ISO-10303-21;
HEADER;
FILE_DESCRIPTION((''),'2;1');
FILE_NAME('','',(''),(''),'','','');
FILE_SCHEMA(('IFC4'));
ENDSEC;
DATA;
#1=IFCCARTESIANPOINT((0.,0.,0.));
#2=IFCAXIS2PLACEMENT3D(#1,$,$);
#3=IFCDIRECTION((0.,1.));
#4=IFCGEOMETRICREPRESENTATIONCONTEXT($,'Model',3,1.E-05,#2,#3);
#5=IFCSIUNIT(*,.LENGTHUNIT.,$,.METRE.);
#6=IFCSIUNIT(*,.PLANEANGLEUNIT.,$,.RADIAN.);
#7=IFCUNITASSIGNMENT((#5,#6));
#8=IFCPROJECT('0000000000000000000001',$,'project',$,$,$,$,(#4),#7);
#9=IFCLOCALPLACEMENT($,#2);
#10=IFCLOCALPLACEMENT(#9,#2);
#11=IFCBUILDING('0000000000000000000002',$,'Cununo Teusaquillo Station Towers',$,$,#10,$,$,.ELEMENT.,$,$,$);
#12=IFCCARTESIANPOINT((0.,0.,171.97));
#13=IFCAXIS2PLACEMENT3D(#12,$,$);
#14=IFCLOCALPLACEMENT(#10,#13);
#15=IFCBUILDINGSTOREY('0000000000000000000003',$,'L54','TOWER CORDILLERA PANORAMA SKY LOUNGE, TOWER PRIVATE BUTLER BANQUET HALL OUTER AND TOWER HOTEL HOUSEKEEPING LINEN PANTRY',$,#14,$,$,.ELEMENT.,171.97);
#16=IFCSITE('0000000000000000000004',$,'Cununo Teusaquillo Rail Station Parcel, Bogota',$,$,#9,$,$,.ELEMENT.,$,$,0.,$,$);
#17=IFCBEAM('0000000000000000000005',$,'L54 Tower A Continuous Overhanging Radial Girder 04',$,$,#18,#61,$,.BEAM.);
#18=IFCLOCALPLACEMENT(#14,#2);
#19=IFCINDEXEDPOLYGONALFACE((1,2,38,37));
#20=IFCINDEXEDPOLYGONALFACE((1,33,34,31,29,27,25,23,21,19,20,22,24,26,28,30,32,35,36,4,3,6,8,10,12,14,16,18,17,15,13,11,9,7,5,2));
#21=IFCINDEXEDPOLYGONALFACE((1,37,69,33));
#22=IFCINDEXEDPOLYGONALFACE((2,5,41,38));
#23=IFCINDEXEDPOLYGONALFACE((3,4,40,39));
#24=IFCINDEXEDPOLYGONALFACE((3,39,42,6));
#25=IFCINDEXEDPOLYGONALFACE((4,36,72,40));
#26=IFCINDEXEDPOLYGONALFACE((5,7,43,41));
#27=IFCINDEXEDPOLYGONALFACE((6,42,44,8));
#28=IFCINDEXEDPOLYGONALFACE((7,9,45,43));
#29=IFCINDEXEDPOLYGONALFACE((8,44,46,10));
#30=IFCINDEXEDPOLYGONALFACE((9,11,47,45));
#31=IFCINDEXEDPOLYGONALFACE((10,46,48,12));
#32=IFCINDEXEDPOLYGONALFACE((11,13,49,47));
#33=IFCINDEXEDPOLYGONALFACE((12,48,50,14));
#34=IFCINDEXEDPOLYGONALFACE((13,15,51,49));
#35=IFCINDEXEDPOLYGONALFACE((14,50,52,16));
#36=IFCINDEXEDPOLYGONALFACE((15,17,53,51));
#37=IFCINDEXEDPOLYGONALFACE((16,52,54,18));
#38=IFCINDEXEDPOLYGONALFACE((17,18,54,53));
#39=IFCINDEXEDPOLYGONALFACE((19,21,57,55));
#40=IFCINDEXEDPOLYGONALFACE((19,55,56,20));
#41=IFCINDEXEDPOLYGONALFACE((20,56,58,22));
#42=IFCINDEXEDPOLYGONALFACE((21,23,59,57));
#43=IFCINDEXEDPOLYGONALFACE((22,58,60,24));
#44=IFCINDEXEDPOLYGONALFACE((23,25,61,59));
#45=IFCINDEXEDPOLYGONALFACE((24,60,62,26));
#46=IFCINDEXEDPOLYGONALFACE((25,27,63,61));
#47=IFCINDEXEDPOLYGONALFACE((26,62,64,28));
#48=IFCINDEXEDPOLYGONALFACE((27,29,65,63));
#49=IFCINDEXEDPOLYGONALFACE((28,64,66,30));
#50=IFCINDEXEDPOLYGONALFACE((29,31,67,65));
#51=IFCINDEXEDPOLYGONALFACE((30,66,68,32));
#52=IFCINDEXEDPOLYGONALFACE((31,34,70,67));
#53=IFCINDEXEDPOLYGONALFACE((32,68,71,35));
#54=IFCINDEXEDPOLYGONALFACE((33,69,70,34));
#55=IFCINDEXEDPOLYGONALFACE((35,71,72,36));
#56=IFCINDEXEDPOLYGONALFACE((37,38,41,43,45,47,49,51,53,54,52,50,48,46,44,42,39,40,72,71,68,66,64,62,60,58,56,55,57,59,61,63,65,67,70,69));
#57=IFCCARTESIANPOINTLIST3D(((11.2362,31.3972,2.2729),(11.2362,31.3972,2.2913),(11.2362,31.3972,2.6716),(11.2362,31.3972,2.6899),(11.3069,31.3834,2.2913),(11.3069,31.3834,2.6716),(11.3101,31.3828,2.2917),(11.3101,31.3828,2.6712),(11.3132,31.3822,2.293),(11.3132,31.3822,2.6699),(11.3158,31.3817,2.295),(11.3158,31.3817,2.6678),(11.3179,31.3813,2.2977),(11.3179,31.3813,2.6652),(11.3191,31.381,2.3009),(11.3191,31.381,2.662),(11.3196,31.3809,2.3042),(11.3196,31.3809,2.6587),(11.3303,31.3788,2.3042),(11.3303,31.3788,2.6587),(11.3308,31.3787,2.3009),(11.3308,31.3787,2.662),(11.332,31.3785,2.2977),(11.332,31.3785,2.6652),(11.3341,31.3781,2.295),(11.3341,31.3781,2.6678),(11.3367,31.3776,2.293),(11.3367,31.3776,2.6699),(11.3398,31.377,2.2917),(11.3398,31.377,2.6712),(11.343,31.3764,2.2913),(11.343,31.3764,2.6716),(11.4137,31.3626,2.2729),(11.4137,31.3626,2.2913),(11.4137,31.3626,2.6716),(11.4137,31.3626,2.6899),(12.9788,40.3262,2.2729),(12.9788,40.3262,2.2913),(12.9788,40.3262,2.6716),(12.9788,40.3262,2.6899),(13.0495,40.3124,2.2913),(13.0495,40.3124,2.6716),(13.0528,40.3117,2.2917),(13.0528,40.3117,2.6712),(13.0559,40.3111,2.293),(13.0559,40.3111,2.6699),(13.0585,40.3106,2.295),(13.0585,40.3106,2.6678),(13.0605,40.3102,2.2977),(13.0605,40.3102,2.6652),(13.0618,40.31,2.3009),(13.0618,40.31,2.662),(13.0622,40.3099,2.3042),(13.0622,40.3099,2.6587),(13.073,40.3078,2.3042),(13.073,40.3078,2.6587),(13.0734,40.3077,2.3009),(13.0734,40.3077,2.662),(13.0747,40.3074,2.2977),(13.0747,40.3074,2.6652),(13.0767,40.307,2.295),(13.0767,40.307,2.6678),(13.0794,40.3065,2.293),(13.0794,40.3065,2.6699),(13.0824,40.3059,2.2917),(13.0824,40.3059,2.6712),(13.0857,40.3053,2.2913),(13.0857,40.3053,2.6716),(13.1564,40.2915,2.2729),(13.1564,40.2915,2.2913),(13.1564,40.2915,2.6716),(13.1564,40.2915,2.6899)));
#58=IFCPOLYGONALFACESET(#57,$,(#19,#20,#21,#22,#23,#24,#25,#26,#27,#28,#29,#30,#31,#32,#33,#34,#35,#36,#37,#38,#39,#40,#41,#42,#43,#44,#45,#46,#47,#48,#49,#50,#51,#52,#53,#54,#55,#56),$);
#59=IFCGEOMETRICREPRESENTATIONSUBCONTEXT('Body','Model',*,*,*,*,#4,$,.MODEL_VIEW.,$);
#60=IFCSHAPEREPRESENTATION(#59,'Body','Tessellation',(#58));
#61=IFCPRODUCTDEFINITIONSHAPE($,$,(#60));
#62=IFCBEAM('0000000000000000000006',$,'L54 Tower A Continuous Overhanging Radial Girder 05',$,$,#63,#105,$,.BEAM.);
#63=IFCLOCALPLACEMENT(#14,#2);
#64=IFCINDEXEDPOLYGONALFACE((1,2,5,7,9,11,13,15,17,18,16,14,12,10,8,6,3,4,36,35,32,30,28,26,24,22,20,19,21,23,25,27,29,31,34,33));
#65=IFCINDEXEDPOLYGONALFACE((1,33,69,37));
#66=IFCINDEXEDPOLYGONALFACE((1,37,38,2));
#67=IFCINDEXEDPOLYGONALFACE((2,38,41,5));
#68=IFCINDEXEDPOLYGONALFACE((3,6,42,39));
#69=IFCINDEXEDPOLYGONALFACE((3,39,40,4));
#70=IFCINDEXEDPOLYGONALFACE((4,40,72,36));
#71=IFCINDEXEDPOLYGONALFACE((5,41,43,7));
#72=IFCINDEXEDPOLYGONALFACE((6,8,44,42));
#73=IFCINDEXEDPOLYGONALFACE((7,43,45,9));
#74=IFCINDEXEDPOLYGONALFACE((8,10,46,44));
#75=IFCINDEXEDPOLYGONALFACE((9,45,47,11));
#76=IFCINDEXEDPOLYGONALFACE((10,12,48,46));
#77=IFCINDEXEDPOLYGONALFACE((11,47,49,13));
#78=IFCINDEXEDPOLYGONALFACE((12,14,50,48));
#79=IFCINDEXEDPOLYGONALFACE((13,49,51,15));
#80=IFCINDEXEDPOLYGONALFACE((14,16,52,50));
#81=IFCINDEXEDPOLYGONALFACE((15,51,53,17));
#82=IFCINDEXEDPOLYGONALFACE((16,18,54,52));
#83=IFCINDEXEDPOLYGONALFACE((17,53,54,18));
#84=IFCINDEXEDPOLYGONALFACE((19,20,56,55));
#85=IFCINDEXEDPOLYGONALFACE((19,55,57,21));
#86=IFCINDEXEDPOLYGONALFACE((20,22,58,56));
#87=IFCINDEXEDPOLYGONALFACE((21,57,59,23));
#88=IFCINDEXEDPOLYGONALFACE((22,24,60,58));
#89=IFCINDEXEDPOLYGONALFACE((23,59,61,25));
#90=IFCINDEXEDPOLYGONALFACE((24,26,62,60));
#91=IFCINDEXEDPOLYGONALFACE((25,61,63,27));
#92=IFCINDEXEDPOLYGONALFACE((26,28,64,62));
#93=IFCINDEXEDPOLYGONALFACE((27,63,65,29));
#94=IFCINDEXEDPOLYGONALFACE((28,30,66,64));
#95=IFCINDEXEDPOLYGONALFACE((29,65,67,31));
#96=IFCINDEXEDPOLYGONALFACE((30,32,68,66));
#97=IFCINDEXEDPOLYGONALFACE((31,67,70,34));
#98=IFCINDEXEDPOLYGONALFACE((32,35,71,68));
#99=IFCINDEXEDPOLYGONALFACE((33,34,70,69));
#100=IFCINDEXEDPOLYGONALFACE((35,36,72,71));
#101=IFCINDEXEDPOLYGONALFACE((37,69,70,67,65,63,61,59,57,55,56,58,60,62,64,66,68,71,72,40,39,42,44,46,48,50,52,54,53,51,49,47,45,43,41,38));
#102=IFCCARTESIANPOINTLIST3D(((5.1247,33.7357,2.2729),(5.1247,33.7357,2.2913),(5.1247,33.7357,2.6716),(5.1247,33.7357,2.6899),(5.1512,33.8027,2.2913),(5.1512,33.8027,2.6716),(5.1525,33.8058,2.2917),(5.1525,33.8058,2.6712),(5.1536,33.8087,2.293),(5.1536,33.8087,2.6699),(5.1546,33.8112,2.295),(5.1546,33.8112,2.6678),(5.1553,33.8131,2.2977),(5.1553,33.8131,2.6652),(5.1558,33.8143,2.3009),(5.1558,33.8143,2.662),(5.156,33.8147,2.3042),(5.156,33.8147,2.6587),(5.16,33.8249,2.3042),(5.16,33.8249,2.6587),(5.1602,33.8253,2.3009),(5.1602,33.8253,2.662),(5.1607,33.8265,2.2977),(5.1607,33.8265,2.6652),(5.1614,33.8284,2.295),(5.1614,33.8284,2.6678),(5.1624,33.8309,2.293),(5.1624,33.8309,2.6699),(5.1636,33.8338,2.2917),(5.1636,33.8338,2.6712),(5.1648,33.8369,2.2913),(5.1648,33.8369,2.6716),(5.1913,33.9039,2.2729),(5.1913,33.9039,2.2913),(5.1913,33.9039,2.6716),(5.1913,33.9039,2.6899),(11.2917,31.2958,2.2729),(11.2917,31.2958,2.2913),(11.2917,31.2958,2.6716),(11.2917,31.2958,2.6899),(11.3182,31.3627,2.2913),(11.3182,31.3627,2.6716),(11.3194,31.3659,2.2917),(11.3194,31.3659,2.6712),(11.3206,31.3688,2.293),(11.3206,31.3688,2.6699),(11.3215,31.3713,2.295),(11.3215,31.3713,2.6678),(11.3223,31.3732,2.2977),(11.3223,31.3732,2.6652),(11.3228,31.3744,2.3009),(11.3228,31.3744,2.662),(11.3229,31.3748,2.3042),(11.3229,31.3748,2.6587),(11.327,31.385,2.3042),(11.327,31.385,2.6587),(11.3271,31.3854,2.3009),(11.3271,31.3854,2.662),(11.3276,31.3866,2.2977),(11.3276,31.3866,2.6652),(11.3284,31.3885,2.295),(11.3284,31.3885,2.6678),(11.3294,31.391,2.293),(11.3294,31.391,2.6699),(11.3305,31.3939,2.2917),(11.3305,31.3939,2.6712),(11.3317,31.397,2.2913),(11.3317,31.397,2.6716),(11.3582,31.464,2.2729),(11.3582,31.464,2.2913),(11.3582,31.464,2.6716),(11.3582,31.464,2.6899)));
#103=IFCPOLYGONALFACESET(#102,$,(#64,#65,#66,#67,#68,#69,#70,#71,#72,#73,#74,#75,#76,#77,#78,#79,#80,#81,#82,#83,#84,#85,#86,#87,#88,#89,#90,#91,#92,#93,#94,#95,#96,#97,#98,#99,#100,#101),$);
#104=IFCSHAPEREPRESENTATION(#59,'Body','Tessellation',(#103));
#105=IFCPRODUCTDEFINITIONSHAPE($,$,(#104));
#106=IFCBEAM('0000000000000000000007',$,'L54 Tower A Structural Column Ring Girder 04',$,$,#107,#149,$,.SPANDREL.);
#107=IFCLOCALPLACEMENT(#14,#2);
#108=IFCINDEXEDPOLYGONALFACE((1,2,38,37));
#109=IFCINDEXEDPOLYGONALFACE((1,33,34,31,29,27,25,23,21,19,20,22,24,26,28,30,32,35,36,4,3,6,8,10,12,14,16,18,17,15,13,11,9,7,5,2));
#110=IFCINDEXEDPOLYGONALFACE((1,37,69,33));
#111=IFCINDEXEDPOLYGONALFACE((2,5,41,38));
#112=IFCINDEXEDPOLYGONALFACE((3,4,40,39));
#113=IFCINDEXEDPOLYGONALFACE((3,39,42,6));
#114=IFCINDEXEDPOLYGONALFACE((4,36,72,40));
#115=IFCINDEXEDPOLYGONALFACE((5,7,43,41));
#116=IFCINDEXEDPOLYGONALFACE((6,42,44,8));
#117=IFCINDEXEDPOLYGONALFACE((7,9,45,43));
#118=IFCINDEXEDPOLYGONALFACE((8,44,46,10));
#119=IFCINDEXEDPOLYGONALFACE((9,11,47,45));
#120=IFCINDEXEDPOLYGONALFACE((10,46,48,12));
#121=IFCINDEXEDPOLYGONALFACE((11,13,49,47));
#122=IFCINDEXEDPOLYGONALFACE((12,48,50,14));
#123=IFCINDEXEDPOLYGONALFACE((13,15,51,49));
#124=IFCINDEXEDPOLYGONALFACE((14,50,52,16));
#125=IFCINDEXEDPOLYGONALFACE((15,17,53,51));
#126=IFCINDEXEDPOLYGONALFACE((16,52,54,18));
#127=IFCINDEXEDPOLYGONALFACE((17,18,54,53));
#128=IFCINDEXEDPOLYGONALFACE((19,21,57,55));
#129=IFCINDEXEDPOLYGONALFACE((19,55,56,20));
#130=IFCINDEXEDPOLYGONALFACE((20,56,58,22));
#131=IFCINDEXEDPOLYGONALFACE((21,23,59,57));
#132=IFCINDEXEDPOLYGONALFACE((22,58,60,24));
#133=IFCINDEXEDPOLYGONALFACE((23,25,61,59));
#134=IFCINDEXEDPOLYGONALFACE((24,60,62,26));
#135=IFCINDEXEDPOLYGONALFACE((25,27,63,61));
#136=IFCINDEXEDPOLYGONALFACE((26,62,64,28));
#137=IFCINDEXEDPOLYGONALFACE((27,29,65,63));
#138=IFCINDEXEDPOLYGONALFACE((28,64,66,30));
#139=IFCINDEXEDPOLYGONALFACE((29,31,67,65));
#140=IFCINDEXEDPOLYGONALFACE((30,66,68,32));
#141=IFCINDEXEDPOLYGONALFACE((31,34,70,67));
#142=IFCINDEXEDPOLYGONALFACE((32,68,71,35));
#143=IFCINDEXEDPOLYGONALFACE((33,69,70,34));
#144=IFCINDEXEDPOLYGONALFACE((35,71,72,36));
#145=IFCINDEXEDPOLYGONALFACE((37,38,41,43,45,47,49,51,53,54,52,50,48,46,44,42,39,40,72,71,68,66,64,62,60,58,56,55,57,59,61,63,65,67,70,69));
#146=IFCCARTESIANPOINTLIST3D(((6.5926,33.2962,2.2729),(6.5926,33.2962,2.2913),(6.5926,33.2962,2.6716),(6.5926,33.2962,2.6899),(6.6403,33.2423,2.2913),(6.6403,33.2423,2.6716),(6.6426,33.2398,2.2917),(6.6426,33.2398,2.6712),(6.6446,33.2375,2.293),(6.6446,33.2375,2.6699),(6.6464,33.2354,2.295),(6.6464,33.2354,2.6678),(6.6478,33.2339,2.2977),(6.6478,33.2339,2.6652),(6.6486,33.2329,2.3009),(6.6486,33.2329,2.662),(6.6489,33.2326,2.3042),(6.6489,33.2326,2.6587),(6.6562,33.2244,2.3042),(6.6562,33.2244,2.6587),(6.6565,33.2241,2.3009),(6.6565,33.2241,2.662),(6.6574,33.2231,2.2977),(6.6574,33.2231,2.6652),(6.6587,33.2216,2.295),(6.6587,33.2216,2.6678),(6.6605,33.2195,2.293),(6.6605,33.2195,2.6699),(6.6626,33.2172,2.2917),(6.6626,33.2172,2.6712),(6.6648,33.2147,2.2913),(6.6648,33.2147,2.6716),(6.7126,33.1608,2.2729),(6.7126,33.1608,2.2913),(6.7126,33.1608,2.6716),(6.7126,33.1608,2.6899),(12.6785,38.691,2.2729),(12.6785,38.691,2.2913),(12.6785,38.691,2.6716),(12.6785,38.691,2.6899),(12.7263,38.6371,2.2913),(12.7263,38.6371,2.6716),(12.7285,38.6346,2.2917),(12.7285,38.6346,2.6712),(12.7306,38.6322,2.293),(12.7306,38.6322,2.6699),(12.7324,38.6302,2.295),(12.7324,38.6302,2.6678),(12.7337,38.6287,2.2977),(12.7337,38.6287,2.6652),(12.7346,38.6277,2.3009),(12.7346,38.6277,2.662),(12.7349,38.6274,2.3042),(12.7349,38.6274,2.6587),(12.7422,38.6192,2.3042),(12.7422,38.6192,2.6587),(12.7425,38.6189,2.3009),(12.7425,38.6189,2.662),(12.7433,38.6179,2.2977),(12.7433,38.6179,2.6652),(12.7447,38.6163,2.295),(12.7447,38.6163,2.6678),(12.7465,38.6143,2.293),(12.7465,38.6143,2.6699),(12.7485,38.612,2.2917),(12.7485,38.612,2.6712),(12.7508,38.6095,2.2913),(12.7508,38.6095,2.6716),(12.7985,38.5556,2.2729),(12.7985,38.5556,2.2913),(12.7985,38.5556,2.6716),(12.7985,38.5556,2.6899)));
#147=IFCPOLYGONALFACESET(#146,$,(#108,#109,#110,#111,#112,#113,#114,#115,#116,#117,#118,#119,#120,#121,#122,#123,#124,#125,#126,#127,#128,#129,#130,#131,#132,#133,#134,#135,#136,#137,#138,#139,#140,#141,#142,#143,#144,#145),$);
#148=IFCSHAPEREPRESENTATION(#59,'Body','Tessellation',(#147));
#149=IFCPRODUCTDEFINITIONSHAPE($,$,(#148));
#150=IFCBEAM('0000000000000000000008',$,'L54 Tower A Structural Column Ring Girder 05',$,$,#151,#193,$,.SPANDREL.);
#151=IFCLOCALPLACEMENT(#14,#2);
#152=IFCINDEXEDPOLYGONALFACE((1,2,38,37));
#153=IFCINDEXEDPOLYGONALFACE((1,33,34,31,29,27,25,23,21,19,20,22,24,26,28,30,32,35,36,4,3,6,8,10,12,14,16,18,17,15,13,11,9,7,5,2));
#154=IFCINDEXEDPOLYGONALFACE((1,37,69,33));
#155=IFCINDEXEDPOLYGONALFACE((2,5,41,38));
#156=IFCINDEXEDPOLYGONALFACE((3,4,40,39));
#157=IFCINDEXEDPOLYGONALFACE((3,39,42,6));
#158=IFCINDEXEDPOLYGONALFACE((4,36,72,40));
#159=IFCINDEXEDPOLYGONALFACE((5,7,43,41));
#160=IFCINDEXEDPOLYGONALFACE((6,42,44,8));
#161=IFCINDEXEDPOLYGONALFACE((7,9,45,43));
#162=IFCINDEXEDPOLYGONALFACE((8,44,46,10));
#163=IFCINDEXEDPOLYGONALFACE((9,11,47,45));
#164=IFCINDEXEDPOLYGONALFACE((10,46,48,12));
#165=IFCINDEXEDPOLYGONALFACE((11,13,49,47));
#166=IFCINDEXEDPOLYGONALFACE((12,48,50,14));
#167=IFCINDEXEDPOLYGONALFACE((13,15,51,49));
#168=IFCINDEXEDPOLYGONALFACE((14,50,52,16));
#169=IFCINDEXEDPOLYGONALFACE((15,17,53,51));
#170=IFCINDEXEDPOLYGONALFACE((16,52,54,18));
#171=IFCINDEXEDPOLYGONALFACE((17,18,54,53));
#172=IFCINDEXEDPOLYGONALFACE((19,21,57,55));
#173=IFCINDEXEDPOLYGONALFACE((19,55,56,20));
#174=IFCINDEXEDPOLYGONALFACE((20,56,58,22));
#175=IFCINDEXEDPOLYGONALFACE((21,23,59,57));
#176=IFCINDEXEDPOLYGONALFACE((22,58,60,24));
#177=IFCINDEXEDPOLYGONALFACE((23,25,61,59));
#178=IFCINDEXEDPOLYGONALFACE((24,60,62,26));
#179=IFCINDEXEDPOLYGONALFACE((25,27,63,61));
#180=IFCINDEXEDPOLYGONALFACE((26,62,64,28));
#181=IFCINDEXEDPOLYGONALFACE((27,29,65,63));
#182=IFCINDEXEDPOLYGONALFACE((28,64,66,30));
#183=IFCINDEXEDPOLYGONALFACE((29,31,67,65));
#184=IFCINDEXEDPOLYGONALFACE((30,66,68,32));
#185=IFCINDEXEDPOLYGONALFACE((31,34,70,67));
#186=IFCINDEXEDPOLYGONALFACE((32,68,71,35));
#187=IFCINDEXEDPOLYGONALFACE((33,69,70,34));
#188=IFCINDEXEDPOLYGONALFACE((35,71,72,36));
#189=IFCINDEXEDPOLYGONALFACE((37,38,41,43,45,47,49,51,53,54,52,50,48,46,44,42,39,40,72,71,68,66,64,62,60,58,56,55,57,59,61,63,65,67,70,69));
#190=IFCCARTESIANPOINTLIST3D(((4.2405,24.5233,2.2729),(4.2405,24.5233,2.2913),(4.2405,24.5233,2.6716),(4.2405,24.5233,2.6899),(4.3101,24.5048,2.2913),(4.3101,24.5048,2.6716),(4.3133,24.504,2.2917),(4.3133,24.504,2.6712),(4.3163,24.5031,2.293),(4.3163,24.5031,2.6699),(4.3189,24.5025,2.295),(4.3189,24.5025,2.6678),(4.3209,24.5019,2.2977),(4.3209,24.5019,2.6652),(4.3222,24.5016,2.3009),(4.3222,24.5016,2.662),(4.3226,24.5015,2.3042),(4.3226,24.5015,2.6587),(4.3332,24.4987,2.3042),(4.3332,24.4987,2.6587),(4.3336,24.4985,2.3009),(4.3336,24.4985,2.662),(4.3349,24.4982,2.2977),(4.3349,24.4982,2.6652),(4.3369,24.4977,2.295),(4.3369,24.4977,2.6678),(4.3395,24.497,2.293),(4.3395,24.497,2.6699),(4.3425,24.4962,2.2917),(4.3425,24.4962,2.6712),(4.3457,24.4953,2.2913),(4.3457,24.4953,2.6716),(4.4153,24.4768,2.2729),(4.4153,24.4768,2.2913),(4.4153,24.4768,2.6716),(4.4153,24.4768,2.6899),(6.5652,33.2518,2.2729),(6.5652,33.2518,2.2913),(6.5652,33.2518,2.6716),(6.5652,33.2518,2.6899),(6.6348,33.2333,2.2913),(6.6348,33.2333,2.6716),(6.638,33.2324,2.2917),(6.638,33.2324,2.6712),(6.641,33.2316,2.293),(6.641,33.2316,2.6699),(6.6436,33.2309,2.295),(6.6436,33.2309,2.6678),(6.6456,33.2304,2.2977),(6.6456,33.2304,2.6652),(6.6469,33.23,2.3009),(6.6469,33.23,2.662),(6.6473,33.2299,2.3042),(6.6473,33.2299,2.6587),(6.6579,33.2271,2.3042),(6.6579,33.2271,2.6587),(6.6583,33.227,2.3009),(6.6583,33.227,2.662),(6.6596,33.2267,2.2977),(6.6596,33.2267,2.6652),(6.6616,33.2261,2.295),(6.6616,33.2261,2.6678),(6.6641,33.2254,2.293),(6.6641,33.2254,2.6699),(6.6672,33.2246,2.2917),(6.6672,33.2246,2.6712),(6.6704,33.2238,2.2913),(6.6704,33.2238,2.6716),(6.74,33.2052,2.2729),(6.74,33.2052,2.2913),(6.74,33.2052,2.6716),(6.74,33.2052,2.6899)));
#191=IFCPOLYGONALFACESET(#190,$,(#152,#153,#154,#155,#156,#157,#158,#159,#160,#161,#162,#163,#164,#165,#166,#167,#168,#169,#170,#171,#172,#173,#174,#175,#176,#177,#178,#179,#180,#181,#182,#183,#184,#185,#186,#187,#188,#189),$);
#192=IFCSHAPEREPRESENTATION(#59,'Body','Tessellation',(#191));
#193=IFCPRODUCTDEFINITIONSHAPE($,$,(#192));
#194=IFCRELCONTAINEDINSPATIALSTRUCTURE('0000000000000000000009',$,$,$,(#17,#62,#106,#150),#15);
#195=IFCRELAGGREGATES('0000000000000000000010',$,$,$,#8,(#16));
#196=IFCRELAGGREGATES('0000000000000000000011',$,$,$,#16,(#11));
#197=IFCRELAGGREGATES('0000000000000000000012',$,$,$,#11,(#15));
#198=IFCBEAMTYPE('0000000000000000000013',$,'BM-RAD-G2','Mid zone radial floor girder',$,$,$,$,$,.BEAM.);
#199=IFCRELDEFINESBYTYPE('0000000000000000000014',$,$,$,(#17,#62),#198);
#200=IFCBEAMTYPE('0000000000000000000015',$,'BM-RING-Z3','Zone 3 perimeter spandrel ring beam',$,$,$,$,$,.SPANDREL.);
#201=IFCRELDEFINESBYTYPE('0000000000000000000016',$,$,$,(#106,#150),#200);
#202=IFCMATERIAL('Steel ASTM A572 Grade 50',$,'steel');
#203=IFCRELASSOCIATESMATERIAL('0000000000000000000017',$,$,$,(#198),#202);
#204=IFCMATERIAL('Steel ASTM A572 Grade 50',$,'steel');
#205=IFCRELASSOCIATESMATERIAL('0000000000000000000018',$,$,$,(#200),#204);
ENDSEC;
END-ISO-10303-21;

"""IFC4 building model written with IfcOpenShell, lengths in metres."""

from ifc_helpers import new_model, si_unit, direction, frame, origin, origin_2d, place, context, subcontext, project, spatial, i_section, extrude, material, material_profile, profile_set, type_object, element, save


model = new_model("IFC4")

# Units and contexts
model_context = context("Model", 3, precision=1e-05, world=origin(), true_north=direction((0.0, 1.0)))
body_context = subcontext(model_context, "Body", "Model", "MODEL_VIEW")
ifc_project = project(units=[si_unit("LENGTHUNIT", "METRE"), si_unit("PLANEANGLEUNIT", "RADIAN")], contexts=[model_context])

# Site, building, storey
site_placement = place(None, origin())
site = spatial("IfcSite", under=ifc_project, at=site_placement, Name="Cununo Teusaquillo Rail Station Parcel, Bogota", CompositionType="ELEMENT", RefElevation=0.0)
building_placement = place(site_placement, origin())
building = spatial("IfcBuilding", under=site, at=building_placement, Name="Cununo Teusaquillo Station Towers", CompositionType="ELEMENT")
storey_placement = place(building_placement, frame((0.0, 0.0, 171.97)))
storey = spatial("IfcBuildingStorey", under=building, at=storey_placement, Name="L54", Description="TOWER CORDILLERA PANORAMA SKY LOUNGE, TOWER PRIVATE BUTLER BANQUET HALL OUTER AND TOWER HOTEL HOUSEKEEPING LINEN PANTRY", CompositionType="ELEMENT", Elevation=171.97)

# Beams
ifc_material_1 = material(Name="Steel ASTM A572 Grade 50", Category="steel")
ifc_material_profile_1 = material_profile(ifc_material_1, i_section(OverallWidth=0.1809, OverallDepth=0.417, WebThickness=0.011, FlangeThickness=0.0183, FilletRadius=0.0129, at=origin_2d()), Name="W16X57")
ifc_profile_set_1 = profile_set([ifc_material_profile_1], Name="Steel ASTM A572 Grade 50")
beam_type_1 = type_object("IfcBeamType", Name="BM-RAD-G2", Description="Mid zone radial floor girder", PredefinedType="BEAM", material=ifc_profile_set_1)
beam_1_placement = place(storey_placement, frame((11.325, 31.3799, 2.4814), z_axis=(0.191557, 0.981481, 0.0), x_axis=(-0.981481, 0.191557, 0.0)))
element("IfcBeam", 1, at=beam_1_placement, inside=storey, type_object=beam_type_1, Name="L54 Tower A Continuous Overhanging Radial Girder 04", PredefinedType="BEAM", context=body_context, shape_type="SweptSolid", body=[
    extrude(i_section(OverallWidth=0.1809, OverallDepth=0.417, WebThickness=0.011, FlangeThickness=0.0183, FilletRadius=0.0129, at=origin_2d()), origin(), (0.0, 0.0, 1.0), 9.0974),
])
beam_2_placement = place(storey_placement, frame((11.325, 31.3799, 2.4814), z_axis=(-0.929866, 0.367897, 0.0), x_axis=(-0.367897, -0.929866, 0.0)))
element("IfcBeam", 2, at=beam_2_placement, inside=storey, type_object=beam_type_1, Name="L54 Tower A Continuous Overhanging Radial Girder 05", PredefinedType="BEAM", context=body_context, shape_type="SweptSolid", body=[
    extrude(i_section(OverallWidth=0.1809, OverallDepth=0.417, WebThickness=0.011, FlangeThickness=0.0183, FilletRadius=0.0129, at=origin_2d()), origin(), (0.0, 0.0, 1.0), 6.6321),
])
ifc_material_2 = material(Name="Steel ASTM A572 Grade 50", Category="steel")
ifc_material_profile_2 = material_profile(ifc_material_2, i_section(OverallWidth=0.1809, OverallDepth=0.417, WebThickness=0.011, FlangeThickness=0.0183, FilletRadius=0.0129, at=origin_2d()), Name="W16X57")
ifc_profile_set_2 = profile_set([ifc_material_profile_2], Name="Steel ASTM A572 Grade 50")
beam_type_2 = type_object("IfcBeamType", Name="BM-RING-Z3", Description="Zone 3 perimeter spandrel ring beam", PredefinedType="SPANDREL", material=ifc_profile_set_2)
beam_3_placement = place(storey_placement, frame((12.7385, 38.6233, 2.4814), z_axis=(-0.748321, -0.663337, 0.0), x_axis=(0.663337, -0.748321, 0.0)))
element("IfcBeam", 3, at=beam_3_placement, inside=storey, type_object=beam_type_2, Name="L54 Tower A Structural Column Ring Girder 04", PredefinedType="SPANDREL", context=body_context, shape_type="SweptSolid", body=[
    extrude(i_section(OverallWidth=0.1809, OverallDepth=0.417, WebThickness=0.011, FlangeThickness=0.0183, FilletRadius=0.0129, at=origin_2d()), origin(), (0.0, 0.0, 1.0), 8.1328),
])
beam_4_placement = place(storey_placement, frame((6.6526, 33.2285, 2.4814), z_axis=(-0.257363, -0.966315, 0.0), x_axis=(0.966315, -0.257363, 0.0)))
element("IfcBeam", 4, at=beam_4_placement, inside=storey, type_object=beam_type_2, Name="L54 Tower A Structural Column Ring Girder 05", PredefinedType="SPANDREL", context=body_context, shape_type="SweptSolid", body=[
    extrude(i_section(OverallWidth=0.1809, OverallDepth=0.417, WebThickness=0.011, FlangeThickness=0.0183, FilletRadius=0.0129, at=origin_2d()), origin(), (0.0, 0.0, 1.0), 9.0327),
])

save(model, "model.ifc")
